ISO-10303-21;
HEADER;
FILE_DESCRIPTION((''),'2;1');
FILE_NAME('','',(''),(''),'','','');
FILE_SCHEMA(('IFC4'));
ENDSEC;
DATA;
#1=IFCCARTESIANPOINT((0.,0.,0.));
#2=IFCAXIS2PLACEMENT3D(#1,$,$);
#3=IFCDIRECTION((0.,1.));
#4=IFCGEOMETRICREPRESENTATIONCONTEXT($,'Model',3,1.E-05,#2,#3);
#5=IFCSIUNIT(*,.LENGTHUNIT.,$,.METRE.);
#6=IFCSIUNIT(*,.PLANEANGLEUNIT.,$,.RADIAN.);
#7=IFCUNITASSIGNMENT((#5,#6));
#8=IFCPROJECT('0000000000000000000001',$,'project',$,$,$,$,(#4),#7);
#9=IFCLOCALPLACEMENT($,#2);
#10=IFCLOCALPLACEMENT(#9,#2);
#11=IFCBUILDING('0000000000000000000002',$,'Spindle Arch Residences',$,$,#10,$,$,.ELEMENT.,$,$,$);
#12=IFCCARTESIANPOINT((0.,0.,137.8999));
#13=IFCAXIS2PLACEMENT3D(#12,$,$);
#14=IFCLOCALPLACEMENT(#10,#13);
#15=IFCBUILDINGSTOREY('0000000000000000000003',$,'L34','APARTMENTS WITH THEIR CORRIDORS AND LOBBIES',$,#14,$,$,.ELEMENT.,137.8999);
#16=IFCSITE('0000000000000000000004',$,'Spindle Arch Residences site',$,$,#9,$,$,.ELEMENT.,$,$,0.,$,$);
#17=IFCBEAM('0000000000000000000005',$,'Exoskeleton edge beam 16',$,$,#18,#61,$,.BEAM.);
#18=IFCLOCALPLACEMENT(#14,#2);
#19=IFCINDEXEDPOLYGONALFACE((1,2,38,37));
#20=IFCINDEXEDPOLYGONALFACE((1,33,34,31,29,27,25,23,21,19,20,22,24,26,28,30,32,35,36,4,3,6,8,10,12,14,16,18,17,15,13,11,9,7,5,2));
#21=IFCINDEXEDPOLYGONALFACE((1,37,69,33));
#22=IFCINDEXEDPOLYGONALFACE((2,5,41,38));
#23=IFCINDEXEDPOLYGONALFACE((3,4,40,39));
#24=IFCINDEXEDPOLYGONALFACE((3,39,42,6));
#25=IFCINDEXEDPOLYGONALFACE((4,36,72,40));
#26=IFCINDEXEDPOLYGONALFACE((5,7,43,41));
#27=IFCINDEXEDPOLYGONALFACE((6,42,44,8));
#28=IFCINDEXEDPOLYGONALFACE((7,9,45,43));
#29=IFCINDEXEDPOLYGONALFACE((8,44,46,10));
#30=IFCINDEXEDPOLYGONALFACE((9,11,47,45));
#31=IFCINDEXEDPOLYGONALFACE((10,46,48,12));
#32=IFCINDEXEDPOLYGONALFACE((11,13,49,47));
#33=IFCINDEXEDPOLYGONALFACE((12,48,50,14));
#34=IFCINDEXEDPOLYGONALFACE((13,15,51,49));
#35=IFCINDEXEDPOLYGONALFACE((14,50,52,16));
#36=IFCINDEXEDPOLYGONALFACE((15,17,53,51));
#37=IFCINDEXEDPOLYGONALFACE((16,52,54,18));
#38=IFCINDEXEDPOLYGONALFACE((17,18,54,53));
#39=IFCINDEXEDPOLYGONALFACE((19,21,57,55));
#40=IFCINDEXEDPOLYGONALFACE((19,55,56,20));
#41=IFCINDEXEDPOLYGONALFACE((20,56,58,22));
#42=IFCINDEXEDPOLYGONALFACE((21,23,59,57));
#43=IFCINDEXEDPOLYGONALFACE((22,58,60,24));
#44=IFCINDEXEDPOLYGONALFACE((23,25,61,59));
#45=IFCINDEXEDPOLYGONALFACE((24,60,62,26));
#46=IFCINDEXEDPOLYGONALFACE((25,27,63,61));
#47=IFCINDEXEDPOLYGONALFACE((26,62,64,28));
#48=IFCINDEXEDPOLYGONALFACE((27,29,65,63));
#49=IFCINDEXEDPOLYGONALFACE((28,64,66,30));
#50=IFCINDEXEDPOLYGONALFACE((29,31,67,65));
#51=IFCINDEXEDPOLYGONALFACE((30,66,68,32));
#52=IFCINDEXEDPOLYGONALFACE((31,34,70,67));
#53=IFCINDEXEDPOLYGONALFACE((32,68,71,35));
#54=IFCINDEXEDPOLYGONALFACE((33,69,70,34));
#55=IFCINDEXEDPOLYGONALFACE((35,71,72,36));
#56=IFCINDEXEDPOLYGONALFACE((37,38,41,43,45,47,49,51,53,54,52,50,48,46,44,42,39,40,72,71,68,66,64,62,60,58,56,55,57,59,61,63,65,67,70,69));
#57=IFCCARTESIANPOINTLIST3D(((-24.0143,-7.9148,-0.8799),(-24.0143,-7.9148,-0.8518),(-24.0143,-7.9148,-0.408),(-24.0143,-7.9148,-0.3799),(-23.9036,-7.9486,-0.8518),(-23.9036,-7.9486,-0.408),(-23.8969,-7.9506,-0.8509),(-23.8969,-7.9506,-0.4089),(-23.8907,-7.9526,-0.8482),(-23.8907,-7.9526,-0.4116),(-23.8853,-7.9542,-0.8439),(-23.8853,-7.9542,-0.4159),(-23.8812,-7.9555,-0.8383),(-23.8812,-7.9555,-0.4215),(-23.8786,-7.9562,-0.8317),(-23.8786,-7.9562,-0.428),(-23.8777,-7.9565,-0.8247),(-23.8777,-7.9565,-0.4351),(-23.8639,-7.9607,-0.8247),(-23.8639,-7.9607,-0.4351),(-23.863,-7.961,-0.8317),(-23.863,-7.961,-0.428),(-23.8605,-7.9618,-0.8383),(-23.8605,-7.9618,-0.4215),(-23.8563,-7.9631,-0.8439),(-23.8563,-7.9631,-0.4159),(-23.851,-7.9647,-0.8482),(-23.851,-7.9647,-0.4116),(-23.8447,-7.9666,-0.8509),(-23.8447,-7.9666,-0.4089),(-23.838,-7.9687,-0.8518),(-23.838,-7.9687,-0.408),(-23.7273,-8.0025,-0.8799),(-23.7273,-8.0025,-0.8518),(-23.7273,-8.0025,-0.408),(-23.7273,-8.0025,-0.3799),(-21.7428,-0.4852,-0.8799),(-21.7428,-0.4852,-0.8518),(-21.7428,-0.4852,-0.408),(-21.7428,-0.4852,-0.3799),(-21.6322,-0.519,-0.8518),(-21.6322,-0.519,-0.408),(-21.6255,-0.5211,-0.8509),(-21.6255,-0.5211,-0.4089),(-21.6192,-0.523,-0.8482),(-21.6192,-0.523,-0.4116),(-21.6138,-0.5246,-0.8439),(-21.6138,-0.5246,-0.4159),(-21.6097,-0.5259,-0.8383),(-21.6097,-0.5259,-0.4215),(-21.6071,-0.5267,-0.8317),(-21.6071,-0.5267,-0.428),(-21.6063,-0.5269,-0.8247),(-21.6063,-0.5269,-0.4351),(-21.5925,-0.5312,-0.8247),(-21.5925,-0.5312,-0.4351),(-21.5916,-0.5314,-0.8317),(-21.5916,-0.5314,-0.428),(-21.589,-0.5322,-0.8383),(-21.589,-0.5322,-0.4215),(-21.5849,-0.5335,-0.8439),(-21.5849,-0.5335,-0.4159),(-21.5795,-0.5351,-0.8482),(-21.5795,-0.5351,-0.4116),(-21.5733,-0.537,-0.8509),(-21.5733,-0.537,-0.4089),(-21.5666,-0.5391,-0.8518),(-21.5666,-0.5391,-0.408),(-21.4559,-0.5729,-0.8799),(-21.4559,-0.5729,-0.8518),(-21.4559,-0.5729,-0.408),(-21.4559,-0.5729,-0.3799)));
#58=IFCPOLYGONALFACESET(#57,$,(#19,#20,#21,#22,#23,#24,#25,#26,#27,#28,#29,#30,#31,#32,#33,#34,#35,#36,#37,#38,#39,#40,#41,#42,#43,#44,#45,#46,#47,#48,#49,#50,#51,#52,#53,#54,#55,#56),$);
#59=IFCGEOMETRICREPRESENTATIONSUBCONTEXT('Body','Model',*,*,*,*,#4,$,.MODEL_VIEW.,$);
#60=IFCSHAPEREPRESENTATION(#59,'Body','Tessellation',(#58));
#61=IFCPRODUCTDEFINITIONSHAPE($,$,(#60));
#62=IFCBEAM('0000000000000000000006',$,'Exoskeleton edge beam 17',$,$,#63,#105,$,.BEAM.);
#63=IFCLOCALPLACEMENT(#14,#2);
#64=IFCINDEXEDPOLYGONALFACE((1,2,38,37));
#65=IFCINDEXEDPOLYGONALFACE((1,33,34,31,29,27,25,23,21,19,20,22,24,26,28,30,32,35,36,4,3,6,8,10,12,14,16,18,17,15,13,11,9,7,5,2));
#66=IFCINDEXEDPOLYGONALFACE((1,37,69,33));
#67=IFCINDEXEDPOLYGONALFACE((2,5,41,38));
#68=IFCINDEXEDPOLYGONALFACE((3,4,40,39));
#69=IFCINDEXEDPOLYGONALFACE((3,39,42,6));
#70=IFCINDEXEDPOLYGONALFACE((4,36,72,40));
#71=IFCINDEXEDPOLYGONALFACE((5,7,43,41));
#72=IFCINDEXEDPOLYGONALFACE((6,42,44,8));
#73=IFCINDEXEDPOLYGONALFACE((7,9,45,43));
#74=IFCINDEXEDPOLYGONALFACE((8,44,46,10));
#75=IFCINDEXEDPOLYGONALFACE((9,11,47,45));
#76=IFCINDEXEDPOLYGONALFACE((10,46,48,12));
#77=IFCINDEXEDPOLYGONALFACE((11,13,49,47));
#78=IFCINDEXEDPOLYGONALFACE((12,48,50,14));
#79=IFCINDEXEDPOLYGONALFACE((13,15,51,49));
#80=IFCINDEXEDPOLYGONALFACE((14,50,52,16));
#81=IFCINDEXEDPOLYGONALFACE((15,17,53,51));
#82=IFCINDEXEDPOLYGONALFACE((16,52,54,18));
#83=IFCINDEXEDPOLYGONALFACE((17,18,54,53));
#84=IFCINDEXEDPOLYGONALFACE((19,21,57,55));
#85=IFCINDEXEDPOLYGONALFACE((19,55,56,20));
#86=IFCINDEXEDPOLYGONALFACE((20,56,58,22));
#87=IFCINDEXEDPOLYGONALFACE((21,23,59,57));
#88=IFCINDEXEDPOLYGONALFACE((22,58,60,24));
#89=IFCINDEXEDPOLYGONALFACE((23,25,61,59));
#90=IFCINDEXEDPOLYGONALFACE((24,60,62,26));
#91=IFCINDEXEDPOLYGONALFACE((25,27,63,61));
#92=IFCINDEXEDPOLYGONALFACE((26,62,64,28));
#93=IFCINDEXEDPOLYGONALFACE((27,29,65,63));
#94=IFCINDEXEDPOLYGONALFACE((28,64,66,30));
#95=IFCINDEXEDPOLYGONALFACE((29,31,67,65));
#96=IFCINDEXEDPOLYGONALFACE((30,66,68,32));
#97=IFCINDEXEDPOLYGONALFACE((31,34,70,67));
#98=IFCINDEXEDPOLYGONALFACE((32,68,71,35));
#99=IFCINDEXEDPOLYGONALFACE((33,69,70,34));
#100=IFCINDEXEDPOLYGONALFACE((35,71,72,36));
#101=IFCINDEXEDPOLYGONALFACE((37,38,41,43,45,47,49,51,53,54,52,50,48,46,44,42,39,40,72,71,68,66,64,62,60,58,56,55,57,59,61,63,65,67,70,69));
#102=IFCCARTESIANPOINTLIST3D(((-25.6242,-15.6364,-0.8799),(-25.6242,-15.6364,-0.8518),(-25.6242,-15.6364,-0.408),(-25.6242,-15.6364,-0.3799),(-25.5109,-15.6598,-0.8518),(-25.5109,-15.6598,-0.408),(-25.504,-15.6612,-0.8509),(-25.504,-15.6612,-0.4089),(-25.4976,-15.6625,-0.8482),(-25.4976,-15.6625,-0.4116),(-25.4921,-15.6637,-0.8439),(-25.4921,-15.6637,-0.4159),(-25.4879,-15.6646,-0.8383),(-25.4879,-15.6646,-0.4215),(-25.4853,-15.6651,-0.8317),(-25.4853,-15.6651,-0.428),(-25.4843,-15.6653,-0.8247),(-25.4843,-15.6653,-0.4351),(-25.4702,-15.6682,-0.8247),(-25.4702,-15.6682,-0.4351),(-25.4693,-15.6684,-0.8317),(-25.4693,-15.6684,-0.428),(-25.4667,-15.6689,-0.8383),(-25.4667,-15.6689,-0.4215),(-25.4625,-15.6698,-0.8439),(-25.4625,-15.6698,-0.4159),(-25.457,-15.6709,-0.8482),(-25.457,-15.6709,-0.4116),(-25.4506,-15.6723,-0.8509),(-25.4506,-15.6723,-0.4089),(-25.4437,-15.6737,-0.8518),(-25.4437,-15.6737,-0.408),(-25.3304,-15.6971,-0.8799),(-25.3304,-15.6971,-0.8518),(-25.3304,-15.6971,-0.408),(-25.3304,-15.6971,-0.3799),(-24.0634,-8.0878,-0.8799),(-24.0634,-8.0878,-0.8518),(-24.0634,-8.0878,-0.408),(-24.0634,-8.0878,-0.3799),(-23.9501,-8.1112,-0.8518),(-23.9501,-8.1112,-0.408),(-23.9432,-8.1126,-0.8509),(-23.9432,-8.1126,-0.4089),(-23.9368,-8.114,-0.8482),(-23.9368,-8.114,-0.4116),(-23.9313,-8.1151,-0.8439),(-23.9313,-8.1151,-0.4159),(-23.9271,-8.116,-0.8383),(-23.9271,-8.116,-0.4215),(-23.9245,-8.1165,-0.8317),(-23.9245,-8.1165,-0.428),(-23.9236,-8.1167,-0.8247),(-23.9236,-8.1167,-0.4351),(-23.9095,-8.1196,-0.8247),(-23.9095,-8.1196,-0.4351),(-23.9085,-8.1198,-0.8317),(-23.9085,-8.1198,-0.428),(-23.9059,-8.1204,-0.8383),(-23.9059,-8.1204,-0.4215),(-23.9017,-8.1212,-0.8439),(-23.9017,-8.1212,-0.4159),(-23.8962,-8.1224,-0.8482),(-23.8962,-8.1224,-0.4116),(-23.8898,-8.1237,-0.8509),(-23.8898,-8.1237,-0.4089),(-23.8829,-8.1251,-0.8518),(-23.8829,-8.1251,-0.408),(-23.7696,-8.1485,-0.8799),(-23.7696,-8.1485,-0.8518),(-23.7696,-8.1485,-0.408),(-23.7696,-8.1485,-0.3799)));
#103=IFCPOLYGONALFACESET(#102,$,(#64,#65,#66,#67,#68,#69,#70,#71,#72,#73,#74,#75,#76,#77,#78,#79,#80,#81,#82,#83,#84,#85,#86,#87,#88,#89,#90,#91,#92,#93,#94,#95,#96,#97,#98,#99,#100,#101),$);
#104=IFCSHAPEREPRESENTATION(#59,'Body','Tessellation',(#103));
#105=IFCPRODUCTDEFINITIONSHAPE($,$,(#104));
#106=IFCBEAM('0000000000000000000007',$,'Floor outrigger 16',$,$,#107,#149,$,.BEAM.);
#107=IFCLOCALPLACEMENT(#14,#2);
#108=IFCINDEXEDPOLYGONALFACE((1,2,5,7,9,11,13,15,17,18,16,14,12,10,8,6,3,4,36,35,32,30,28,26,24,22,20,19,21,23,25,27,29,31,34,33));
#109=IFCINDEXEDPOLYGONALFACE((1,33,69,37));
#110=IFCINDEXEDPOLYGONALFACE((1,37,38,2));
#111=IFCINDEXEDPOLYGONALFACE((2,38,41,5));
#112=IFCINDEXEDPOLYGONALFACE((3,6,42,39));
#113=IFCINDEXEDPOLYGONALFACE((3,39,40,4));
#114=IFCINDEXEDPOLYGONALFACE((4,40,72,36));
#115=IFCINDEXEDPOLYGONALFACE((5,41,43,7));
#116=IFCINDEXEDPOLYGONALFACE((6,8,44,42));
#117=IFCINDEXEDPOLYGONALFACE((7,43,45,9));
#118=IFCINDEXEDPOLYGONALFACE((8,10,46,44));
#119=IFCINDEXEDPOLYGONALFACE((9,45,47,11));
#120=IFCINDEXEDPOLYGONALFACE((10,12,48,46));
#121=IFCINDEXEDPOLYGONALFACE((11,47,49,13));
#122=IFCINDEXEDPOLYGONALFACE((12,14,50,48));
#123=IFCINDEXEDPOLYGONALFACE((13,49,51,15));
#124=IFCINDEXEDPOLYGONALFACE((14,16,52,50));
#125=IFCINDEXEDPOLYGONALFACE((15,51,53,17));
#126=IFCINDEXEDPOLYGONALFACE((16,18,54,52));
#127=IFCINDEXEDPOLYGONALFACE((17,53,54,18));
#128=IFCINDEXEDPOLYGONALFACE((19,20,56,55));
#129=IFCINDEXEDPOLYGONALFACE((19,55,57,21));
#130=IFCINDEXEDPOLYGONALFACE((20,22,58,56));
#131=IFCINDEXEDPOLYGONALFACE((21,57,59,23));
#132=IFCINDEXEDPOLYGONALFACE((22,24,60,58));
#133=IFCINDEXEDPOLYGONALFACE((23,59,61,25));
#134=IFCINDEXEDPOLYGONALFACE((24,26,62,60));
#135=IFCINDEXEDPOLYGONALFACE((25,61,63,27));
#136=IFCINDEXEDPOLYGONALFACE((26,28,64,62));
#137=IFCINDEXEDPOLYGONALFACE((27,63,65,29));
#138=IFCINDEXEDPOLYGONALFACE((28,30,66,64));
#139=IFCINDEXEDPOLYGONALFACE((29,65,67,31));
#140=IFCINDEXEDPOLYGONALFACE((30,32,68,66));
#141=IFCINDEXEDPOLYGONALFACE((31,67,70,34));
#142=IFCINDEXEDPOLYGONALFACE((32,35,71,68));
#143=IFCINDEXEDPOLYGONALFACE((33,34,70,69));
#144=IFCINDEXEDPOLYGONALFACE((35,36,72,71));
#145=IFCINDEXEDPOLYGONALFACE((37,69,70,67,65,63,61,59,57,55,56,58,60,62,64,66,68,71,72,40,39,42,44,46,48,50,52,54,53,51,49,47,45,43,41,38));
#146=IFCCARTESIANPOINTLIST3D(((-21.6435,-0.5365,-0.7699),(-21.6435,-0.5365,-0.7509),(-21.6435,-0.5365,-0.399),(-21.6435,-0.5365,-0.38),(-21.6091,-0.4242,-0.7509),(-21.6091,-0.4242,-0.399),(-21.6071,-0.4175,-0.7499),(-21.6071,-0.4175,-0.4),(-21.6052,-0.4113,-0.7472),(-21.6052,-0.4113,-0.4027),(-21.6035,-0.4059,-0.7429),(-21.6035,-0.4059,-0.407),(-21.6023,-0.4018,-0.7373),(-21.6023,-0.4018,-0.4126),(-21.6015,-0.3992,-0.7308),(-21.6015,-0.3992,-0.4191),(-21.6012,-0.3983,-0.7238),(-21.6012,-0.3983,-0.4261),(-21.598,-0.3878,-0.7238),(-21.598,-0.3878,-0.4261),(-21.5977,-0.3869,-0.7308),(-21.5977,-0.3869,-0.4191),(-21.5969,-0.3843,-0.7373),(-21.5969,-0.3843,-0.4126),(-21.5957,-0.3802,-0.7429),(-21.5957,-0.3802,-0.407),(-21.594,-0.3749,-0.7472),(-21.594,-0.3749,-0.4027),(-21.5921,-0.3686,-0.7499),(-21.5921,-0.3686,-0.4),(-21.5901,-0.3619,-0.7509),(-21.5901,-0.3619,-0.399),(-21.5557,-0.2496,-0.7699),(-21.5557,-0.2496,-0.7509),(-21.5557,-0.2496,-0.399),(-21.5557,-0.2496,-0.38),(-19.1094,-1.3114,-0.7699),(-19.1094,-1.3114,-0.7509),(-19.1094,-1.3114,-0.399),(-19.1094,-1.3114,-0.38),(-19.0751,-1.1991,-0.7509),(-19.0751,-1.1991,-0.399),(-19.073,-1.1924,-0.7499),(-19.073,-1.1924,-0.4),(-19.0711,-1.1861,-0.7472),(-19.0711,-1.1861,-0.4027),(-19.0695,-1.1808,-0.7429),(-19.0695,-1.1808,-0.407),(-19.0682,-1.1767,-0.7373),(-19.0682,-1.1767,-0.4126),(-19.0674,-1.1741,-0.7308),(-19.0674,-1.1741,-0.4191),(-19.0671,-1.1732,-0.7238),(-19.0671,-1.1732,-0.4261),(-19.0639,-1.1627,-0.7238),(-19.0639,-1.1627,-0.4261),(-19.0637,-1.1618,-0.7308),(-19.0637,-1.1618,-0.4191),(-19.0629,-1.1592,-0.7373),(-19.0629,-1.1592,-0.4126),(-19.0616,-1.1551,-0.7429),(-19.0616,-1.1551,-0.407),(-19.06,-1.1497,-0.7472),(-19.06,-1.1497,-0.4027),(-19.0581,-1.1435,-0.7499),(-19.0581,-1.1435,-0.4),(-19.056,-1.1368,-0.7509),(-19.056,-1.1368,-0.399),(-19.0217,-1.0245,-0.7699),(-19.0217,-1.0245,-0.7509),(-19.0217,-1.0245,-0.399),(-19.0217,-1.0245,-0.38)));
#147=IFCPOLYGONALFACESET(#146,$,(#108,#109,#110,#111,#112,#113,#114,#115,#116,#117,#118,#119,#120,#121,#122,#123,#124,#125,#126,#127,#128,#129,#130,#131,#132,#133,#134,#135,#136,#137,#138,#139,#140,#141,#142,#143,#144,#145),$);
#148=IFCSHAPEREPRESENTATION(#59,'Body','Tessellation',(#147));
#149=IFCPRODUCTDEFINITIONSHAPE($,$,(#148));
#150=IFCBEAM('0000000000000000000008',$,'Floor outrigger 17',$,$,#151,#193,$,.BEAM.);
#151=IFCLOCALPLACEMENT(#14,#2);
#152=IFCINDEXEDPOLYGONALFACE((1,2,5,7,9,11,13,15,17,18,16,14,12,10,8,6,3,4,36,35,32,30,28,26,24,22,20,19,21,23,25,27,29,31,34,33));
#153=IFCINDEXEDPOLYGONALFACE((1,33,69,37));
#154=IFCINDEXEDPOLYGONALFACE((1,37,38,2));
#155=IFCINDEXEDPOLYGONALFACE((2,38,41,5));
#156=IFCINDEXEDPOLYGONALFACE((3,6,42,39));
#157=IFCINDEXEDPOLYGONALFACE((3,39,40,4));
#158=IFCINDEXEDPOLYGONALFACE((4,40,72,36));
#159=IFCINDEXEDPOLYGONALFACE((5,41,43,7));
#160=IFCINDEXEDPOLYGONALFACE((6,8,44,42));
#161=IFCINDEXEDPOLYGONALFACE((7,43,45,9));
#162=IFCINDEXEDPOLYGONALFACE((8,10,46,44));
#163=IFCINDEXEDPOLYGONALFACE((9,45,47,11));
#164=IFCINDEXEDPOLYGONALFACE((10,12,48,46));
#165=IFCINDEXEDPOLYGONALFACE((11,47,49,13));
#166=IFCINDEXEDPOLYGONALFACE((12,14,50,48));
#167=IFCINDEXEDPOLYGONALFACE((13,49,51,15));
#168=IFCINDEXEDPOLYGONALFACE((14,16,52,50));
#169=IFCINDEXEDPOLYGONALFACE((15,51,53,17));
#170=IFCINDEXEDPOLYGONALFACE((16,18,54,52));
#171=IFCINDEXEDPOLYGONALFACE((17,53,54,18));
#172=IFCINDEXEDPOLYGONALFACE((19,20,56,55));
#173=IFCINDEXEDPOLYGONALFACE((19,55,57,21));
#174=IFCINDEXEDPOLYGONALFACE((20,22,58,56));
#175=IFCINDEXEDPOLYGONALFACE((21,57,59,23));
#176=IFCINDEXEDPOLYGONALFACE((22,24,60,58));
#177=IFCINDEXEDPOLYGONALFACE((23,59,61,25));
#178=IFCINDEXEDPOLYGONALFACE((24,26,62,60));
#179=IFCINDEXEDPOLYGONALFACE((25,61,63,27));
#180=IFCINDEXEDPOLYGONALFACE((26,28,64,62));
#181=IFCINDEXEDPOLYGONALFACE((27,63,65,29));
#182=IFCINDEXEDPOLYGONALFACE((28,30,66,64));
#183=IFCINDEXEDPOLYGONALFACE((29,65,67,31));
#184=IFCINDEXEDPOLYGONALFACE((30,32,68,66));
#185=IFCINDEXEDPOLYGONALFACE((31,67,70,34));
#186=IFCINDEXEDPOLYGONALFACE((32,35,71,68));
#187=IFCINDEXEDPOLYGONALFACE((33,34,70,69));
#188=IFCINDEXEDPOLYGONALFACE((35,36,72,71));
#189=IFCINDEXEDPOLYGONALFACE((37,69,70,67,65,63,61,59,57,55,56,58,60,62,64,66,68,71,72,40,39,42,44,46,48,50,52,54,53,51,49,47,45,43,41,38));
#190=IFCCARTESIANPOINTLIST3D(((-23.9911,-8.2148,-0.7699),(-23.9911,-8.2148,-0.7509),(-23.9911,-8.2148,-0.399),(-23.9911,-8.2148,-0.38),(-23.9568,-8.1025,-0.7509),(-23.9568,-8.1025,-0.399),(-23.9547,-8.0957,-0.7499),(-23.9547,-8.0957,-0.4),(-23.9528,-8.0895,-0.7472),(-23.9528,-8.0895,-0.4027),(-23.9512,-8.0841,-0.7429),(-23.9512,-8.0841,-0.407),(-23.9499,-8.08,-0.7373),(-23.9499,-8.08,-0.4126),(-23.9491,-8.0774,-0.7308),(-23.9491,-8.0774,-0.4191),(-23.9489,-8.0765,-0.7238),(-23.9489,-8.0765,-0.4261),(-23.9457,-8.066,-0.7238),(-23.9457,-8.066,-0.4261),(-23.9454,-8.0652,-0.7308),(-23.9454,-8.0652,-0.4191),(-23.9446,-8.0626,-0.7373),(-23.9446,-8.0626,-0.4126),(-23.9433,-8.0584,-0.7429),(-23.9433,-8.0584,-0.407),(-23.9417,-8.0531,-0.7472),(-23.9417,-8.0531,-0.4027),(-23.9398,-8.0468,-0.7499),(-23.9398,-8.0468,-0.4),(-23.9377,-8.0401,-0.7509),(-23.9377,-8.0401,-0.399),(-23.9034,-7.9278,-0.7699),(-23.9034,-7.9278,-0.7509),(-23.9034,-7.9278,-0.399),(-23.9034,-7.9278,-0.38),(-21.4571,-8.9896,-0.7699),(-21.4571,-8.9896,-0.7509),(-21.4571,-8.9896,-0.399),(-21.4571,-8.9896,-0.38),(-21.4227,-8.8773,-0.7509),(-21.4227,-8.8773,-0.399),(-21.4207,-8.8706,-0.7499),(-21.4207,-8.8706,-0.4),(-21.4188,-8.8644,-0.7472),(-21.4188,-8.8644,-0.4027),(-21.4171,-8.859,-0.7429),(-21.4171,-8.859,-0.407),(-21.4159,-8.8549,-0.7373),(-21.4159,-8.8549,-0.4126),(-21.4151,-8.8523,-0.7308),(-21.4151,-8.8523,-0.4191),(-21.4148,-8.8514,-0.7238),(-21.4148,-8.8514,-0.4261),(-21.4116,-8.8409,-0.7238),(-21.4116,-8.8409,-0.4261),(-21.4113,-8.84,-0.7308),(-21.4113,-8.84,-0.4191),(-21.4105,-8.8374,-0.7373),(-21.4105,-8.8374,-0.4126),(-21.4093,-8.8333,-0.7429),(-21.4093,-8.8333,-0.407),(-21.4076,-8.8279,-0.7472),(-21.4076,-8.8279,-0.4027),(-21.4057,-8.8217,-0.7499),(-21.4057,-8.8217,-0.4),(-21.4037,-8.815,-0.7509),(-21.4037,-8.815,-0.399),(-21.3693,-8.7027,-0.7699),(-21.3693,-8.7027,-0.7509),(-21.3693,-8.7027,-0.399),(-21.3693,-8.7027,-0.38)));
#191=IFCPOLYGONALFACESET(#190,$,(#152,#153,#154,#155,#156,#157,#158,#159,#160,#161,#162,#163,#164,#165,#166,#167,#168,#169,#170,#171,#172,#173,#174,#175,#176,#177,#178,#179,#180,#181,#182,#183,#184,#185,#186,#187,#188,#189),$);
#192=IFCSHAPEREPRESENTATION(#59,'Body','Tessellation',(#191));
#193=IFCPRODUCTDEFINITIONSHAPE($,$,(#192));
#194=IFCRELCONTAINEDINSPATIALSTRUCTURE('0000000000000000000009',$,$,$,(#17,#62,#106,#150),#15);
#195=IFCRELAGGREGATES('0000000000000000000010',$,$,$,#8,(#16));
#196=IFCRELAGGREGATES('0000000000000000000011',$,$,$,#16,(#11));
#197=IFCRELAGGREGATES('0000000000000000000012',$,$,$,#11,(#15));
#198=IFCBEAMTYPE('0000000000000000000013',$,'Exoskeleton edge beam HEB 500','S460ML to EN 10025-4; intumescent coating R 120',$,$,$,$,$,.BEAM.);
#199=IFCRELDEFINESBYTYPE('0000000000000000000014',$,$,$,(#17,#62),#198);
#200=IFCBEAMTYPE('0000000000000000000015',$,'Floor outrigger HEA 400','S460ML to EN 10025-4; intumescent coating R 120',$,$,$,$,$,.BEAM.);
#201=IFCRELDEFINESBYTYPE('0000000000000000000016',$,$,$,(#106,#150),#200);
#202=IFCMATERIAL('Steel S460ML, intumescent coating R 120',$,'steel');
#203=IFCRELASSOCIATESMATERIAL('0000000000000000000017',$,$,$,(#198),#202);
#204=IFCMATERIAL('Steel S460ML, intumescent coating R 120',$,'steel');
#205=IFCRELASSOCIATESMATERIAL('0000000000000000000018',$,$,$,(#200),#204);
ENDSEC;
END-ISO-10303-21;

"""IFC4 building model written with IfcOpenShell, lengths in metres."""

from ifc_helpers import new_model, si_unit, direction, frame, origin, origin_2d, place, context, subcontext, project, spatial, i_section, extrude, material, material_profile, profile_set, type_object, element, save


model = new_model("IFC4")

# Units and contexts
model_context = context("Model", 3, precision=1e-05, world=origin(), true_north=direction((0.0, 1.0)))
body_context = subcontext(model_context, "Body", "Model", "MODEL_VIEW")
ifc_project = project(units=[si_unit("LENGTHUNIT", "METRE"), si_unit("PLANEANGLEUNIT", "RADIAN")], contexts=[model_context])

# Site, building, storey
site_placement = place(None, origin())
site = spatial("IfcSite", under=ifc_project, at=site_placement, Name="Spindle Arch Residences site", CompositionType="ELEMENT", RefElevation=0.0)
building_placement = place(site_placement, origin())
building = spatial("IfcBuilding", under=site, at=building_placement, Name="Spindle Arch Residences", CompositionType="ELEMENT")
storey_placement = place(building_placement, frame((0.0, 0.0, 137.8999)))
storey = spatial("IfcBuildingStorey", under=building, at=storey_placement, Name="L34", Description="APARTMENTS WITH THEIR CORRIDORS AND LOBBIES", CompositionType="ELEMENT", Elevation=137.8999)

# Beams
ifc_material_1 = material(Name="Steel S460ML, intumescent coating R 120", Category="steel")
ifc_material_profile_1 = material_profile(ifc_material_1, i_section(OverallWidth=0.3, OverallDepth=0.5, WebThickness=0.0144, FlangeThickness=0.0281, FilletRadius=0.0271, at=origin_2d()), Name="HEB 500")
ifc_profile_set_1 = profile_set([ifc_material_profile_1], Name="Steel S460ML, intumescent coating R 120")
beam_type_1 = type_object("IfcBeamType", Name="Exoskeleton edge beam HEB 500", Description="S460ML to EN 10025-4; intumescent coating R 120", PredefinedType="BEAM", material=ifc_profile_set_1)
beam_1_placement = place(storey_placement, frame((-21.5994, -0.5291, -0.6299), z_axis=(-0.292372, -0.956305, 0.0), x_axis=(0.956305, -0.292372, 0.0)))
element("IfcBeam", 1, at=beam_1_placement, inside=storey, type_object=beam_type_1, Name="Exoskeleton edge beam 16", PredefinedType="BEAM", context=body_context, shape_type="SweptSolid", body=[
    extrude(i_section(OverallWidth=0.3, OverallDepth=0.5, WebThickness=0.0144, FlangeThickness=0.0281, FilletRadius=0.0271, at=origin_2d()), origin(), (0.0, 0.0, 1.0), 7.769),
])
beam_2_placement = place(storey_placement, frame((-23.9165, -8.1182, -0.6299), z_axis=(-0.202483, -0.979286, 0.0), x_axis=(0.979286, -0.202483, 0.0)))
element("IfcBeam", 2, at=beam_2_placement, inside=storey, type_object=beam_type_1, Name="Exoskeleton edge beam 17", PredefinedType="BEAM", context=body_context, shape_type="SweptSolid", body=[
    extrude(i_section(OverallWidth=0.3, OverallDepth=0.5, WebThickness=0.0144, FlangeThickness=0.0281, FilletRadius=0.0271, at=origin_2d()), origin(), (0.0, 0.0, 1.0), 7.7083),
])
ifc_material_2 = material(Name="Steel S460ML, intumescent coating R 120", Category="steel")
ifc_material_profile_2 = material_profile(ifc_material_2, i_section(OverallWidth=0.3, OverallDepth=0.3899, WebThickness=0.011, FlangeThickness=0.019, FilletRadius=0.0271, at=origin_2d()), Name="HEA 400")
ifc_profile_set_2 = profile_set([ifc_material_profile_2], Name="Steel S460ML, intumescent coating R 120")
beam_type_2 = type_object("IfcBeamType", Name="Floor outrigger HEA 400", Description="S460ML to EN 10025-4; intumescent coating R 120", PredefinedType="BEAM", material=ifc_profile_set_2)
for number, where, z_axis, x_axis, name in (
    (3, (-21.5996, -0.3931, -0.575), (0.956291, -0.292415, 0.0), (0.292415, 0.956291, 0.0), "Floor outrigger 16"),
    (4, (-23.9473, -8.0713, -0.575), (0.956291, -0.292415, 0.0), (0.292415, 0.956291, 0.0), "Floor outrigger 17"),
):
    element("IfcBeam", number, at=place(storey_placement, frame(where, z_axis=z_axis, x_axis=x_axis)), inside=storey, type_object=beam_type_2, Name=name, PredefinedType="BEAM", context=body_context, shape_type="SweptSolid", body=[
        extrude(i_section(OverallWidth=0.3, OverallDepth=0.3899, WebThickness=0.011, FlangeThickness=0.019, FilletRadius=0.0271, at=origin_2d()), origin(), (0.0, 0.0, 1.0), 2.6499),
    ])

save(model, "model.ifc")
